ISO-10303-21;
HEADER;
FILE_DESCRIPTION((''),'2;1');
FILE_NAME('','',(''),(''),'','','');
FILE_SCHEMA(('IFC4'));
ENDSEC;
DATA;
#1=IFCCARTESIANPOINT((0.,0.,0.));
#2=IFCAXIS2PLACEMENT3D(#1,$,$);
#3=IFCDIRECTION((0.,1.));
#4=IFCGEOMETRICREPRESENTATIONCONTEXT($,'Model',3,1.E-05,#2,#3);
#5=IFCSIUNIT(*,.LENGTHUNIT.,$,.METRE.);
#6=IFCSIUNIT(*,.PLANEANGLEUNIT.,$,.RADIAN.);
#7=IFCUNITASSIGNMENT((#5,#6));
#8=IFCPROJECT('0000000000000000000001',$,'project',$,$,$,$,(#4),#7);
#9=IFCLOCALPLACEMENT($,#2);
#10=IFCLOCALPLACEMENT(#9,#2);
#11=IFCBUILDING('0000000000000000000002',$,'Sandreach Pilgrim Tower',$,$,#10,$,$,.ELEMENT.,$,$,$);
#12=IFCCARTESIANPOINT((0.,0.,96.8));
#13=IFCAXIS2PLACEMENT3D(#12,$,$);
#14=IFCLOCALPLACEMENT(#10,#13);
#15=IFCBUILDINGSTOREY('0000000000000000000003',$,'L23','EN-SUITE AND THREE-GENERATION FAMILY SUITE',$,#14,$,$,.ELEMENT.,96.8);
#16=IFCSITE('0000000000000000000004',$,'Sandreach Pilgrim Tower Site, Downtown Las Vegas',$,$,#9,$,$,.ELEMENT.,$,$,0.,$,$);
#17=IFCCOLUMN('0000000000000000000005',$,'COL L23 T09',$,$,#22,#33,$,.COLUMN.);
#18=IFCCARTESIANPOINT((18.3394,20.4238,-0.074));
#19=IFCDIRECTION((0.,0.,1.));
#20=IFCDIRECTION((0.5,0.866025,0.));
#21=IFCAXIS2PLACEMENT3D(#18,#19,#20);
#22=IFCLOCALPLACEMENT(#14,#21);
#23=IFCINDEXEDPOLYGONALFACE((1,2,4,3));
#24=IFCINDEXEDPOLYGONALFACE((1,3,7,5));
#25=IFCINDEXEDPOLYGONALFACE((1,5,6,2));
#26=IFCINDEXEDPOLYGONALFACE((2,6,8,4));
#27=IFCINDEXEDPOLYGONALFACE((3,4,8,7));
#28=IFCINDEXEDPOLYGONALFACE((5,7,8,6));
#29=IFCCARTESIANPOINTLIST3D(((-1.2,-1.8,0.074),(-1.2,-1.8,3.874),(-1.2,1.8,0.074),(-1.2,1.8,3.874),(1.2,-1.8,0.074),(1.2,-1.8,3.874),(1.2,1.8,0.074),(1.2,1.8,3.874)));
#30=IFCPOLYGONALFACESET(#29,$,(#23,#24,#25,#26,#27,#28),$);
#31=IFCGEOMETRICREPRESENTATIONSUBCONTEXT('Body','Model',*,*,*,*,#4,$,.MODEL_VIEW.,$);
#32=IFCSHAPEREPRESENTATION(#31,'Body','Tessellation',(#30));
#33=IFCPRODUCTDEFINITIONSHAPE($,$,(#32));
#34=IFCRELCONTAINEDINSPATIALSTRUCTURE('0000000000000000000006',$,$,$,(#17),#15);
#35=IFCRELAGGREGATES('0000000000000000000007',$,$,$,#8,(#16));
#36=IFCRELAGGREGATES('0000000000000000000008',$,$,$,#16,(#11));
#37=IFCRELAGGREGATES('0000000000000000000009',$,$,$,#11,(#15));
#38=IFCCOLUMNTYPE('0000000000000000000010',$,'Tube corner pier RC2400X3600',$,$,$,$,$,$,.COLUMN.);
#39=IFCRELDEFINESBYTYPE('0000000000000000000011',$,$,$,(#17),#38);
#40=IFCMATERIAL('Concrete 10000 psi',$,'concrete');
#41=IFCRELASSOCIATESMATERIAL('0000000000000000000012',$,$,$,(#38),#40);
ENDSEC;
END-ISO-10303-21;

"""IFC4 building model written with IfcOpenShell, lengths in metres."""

from ifc_helpers import new_model, si_unit, direction, frame, origin, origin_2d, place, context, subcontext, project, spatial, rectangle, extrude, clip, halfspace, material, material_profile, profile_set, type_object, element, save


model = new_model("IFC4")

# Units and contexts
model_context = context("Model", 3, precision=1e-05, world=origin(), true_north=direction((0.0, 1.0)))
body_context = subcontext(model_context, "Body", "Model", "MODEL_VIEW")
ifc_project = project(units=[si_unit("LENGTHUNIT", "METRE"), si_unit("PLANEANGLEUNIT", "RADIAN")], contexts=[model_context])

# Site, building, storey
site_placement = place(None, origin())
site = spatial("IfcSite", under=ifc_project, at=site_placement, Name="Sandreach Pilgrim Tower Site, Downtown Las Vegas", CompositionType="ELEMENT", RefElevation=0.0)
building_placement = place(site_placement, origin())
building = spatial("IfcBuilding", under=site, at=building_placement, Name="Sandreach Pilgrim Tower", CompositionType="ELEMENT")
storey_placement = place(building_placement, frame((0.0, 0.0, 96.8)))
storey = spatial("IfcBuildingStorey", under=building, at=storey_placement, Name="L23", Description="EN-SUITE AND THREE-GENERATION FAMILY SUITE", CompositionType="ELEMENT", Elevation=96.8)

# Column
ifc_material_1 = material(Name="Concrete 10000 psi", Category="concrete")
ifc_material_profile_1 = material_profile(ifc_material_1, rectangle(XDim=2.3999, YDim=3.6001, at=origin_2d()), Name="RC2400X3600")
ifc_profile_set_1 = profile_set([ifc_material_profile_1], Name="Concrete 10000 psi")
column_type = type_object("IfcColumnType", Name="Tube corner pier RC2400X3600", PredefinedType="COLUMN", material=ifc_profile_set_1)
column_placement = place(storey_placement, frame((18.3394, 20.4238, -0.074), z_axis=(0.0, 0.0, 1.0), x_axis=(0.5, 0.866025, 0.0)))
element("IfcColumn", 1, at=column_placement, inside=storey, type_object=column_type, Name="COL L23 T09", PredefinedType="COLUMN", context=body_context, shape_type="SweptSolid", body=[
    clip(extrude(rectangle(XDim=2.3999, YDim=3.6001, at=origin_2d()), origin(), (0.0, 0.0, 1.0), 3.874), halfspace(frame((0.0, 0.0, 0.074)), True)),
])

save(model, "model.ifc")
